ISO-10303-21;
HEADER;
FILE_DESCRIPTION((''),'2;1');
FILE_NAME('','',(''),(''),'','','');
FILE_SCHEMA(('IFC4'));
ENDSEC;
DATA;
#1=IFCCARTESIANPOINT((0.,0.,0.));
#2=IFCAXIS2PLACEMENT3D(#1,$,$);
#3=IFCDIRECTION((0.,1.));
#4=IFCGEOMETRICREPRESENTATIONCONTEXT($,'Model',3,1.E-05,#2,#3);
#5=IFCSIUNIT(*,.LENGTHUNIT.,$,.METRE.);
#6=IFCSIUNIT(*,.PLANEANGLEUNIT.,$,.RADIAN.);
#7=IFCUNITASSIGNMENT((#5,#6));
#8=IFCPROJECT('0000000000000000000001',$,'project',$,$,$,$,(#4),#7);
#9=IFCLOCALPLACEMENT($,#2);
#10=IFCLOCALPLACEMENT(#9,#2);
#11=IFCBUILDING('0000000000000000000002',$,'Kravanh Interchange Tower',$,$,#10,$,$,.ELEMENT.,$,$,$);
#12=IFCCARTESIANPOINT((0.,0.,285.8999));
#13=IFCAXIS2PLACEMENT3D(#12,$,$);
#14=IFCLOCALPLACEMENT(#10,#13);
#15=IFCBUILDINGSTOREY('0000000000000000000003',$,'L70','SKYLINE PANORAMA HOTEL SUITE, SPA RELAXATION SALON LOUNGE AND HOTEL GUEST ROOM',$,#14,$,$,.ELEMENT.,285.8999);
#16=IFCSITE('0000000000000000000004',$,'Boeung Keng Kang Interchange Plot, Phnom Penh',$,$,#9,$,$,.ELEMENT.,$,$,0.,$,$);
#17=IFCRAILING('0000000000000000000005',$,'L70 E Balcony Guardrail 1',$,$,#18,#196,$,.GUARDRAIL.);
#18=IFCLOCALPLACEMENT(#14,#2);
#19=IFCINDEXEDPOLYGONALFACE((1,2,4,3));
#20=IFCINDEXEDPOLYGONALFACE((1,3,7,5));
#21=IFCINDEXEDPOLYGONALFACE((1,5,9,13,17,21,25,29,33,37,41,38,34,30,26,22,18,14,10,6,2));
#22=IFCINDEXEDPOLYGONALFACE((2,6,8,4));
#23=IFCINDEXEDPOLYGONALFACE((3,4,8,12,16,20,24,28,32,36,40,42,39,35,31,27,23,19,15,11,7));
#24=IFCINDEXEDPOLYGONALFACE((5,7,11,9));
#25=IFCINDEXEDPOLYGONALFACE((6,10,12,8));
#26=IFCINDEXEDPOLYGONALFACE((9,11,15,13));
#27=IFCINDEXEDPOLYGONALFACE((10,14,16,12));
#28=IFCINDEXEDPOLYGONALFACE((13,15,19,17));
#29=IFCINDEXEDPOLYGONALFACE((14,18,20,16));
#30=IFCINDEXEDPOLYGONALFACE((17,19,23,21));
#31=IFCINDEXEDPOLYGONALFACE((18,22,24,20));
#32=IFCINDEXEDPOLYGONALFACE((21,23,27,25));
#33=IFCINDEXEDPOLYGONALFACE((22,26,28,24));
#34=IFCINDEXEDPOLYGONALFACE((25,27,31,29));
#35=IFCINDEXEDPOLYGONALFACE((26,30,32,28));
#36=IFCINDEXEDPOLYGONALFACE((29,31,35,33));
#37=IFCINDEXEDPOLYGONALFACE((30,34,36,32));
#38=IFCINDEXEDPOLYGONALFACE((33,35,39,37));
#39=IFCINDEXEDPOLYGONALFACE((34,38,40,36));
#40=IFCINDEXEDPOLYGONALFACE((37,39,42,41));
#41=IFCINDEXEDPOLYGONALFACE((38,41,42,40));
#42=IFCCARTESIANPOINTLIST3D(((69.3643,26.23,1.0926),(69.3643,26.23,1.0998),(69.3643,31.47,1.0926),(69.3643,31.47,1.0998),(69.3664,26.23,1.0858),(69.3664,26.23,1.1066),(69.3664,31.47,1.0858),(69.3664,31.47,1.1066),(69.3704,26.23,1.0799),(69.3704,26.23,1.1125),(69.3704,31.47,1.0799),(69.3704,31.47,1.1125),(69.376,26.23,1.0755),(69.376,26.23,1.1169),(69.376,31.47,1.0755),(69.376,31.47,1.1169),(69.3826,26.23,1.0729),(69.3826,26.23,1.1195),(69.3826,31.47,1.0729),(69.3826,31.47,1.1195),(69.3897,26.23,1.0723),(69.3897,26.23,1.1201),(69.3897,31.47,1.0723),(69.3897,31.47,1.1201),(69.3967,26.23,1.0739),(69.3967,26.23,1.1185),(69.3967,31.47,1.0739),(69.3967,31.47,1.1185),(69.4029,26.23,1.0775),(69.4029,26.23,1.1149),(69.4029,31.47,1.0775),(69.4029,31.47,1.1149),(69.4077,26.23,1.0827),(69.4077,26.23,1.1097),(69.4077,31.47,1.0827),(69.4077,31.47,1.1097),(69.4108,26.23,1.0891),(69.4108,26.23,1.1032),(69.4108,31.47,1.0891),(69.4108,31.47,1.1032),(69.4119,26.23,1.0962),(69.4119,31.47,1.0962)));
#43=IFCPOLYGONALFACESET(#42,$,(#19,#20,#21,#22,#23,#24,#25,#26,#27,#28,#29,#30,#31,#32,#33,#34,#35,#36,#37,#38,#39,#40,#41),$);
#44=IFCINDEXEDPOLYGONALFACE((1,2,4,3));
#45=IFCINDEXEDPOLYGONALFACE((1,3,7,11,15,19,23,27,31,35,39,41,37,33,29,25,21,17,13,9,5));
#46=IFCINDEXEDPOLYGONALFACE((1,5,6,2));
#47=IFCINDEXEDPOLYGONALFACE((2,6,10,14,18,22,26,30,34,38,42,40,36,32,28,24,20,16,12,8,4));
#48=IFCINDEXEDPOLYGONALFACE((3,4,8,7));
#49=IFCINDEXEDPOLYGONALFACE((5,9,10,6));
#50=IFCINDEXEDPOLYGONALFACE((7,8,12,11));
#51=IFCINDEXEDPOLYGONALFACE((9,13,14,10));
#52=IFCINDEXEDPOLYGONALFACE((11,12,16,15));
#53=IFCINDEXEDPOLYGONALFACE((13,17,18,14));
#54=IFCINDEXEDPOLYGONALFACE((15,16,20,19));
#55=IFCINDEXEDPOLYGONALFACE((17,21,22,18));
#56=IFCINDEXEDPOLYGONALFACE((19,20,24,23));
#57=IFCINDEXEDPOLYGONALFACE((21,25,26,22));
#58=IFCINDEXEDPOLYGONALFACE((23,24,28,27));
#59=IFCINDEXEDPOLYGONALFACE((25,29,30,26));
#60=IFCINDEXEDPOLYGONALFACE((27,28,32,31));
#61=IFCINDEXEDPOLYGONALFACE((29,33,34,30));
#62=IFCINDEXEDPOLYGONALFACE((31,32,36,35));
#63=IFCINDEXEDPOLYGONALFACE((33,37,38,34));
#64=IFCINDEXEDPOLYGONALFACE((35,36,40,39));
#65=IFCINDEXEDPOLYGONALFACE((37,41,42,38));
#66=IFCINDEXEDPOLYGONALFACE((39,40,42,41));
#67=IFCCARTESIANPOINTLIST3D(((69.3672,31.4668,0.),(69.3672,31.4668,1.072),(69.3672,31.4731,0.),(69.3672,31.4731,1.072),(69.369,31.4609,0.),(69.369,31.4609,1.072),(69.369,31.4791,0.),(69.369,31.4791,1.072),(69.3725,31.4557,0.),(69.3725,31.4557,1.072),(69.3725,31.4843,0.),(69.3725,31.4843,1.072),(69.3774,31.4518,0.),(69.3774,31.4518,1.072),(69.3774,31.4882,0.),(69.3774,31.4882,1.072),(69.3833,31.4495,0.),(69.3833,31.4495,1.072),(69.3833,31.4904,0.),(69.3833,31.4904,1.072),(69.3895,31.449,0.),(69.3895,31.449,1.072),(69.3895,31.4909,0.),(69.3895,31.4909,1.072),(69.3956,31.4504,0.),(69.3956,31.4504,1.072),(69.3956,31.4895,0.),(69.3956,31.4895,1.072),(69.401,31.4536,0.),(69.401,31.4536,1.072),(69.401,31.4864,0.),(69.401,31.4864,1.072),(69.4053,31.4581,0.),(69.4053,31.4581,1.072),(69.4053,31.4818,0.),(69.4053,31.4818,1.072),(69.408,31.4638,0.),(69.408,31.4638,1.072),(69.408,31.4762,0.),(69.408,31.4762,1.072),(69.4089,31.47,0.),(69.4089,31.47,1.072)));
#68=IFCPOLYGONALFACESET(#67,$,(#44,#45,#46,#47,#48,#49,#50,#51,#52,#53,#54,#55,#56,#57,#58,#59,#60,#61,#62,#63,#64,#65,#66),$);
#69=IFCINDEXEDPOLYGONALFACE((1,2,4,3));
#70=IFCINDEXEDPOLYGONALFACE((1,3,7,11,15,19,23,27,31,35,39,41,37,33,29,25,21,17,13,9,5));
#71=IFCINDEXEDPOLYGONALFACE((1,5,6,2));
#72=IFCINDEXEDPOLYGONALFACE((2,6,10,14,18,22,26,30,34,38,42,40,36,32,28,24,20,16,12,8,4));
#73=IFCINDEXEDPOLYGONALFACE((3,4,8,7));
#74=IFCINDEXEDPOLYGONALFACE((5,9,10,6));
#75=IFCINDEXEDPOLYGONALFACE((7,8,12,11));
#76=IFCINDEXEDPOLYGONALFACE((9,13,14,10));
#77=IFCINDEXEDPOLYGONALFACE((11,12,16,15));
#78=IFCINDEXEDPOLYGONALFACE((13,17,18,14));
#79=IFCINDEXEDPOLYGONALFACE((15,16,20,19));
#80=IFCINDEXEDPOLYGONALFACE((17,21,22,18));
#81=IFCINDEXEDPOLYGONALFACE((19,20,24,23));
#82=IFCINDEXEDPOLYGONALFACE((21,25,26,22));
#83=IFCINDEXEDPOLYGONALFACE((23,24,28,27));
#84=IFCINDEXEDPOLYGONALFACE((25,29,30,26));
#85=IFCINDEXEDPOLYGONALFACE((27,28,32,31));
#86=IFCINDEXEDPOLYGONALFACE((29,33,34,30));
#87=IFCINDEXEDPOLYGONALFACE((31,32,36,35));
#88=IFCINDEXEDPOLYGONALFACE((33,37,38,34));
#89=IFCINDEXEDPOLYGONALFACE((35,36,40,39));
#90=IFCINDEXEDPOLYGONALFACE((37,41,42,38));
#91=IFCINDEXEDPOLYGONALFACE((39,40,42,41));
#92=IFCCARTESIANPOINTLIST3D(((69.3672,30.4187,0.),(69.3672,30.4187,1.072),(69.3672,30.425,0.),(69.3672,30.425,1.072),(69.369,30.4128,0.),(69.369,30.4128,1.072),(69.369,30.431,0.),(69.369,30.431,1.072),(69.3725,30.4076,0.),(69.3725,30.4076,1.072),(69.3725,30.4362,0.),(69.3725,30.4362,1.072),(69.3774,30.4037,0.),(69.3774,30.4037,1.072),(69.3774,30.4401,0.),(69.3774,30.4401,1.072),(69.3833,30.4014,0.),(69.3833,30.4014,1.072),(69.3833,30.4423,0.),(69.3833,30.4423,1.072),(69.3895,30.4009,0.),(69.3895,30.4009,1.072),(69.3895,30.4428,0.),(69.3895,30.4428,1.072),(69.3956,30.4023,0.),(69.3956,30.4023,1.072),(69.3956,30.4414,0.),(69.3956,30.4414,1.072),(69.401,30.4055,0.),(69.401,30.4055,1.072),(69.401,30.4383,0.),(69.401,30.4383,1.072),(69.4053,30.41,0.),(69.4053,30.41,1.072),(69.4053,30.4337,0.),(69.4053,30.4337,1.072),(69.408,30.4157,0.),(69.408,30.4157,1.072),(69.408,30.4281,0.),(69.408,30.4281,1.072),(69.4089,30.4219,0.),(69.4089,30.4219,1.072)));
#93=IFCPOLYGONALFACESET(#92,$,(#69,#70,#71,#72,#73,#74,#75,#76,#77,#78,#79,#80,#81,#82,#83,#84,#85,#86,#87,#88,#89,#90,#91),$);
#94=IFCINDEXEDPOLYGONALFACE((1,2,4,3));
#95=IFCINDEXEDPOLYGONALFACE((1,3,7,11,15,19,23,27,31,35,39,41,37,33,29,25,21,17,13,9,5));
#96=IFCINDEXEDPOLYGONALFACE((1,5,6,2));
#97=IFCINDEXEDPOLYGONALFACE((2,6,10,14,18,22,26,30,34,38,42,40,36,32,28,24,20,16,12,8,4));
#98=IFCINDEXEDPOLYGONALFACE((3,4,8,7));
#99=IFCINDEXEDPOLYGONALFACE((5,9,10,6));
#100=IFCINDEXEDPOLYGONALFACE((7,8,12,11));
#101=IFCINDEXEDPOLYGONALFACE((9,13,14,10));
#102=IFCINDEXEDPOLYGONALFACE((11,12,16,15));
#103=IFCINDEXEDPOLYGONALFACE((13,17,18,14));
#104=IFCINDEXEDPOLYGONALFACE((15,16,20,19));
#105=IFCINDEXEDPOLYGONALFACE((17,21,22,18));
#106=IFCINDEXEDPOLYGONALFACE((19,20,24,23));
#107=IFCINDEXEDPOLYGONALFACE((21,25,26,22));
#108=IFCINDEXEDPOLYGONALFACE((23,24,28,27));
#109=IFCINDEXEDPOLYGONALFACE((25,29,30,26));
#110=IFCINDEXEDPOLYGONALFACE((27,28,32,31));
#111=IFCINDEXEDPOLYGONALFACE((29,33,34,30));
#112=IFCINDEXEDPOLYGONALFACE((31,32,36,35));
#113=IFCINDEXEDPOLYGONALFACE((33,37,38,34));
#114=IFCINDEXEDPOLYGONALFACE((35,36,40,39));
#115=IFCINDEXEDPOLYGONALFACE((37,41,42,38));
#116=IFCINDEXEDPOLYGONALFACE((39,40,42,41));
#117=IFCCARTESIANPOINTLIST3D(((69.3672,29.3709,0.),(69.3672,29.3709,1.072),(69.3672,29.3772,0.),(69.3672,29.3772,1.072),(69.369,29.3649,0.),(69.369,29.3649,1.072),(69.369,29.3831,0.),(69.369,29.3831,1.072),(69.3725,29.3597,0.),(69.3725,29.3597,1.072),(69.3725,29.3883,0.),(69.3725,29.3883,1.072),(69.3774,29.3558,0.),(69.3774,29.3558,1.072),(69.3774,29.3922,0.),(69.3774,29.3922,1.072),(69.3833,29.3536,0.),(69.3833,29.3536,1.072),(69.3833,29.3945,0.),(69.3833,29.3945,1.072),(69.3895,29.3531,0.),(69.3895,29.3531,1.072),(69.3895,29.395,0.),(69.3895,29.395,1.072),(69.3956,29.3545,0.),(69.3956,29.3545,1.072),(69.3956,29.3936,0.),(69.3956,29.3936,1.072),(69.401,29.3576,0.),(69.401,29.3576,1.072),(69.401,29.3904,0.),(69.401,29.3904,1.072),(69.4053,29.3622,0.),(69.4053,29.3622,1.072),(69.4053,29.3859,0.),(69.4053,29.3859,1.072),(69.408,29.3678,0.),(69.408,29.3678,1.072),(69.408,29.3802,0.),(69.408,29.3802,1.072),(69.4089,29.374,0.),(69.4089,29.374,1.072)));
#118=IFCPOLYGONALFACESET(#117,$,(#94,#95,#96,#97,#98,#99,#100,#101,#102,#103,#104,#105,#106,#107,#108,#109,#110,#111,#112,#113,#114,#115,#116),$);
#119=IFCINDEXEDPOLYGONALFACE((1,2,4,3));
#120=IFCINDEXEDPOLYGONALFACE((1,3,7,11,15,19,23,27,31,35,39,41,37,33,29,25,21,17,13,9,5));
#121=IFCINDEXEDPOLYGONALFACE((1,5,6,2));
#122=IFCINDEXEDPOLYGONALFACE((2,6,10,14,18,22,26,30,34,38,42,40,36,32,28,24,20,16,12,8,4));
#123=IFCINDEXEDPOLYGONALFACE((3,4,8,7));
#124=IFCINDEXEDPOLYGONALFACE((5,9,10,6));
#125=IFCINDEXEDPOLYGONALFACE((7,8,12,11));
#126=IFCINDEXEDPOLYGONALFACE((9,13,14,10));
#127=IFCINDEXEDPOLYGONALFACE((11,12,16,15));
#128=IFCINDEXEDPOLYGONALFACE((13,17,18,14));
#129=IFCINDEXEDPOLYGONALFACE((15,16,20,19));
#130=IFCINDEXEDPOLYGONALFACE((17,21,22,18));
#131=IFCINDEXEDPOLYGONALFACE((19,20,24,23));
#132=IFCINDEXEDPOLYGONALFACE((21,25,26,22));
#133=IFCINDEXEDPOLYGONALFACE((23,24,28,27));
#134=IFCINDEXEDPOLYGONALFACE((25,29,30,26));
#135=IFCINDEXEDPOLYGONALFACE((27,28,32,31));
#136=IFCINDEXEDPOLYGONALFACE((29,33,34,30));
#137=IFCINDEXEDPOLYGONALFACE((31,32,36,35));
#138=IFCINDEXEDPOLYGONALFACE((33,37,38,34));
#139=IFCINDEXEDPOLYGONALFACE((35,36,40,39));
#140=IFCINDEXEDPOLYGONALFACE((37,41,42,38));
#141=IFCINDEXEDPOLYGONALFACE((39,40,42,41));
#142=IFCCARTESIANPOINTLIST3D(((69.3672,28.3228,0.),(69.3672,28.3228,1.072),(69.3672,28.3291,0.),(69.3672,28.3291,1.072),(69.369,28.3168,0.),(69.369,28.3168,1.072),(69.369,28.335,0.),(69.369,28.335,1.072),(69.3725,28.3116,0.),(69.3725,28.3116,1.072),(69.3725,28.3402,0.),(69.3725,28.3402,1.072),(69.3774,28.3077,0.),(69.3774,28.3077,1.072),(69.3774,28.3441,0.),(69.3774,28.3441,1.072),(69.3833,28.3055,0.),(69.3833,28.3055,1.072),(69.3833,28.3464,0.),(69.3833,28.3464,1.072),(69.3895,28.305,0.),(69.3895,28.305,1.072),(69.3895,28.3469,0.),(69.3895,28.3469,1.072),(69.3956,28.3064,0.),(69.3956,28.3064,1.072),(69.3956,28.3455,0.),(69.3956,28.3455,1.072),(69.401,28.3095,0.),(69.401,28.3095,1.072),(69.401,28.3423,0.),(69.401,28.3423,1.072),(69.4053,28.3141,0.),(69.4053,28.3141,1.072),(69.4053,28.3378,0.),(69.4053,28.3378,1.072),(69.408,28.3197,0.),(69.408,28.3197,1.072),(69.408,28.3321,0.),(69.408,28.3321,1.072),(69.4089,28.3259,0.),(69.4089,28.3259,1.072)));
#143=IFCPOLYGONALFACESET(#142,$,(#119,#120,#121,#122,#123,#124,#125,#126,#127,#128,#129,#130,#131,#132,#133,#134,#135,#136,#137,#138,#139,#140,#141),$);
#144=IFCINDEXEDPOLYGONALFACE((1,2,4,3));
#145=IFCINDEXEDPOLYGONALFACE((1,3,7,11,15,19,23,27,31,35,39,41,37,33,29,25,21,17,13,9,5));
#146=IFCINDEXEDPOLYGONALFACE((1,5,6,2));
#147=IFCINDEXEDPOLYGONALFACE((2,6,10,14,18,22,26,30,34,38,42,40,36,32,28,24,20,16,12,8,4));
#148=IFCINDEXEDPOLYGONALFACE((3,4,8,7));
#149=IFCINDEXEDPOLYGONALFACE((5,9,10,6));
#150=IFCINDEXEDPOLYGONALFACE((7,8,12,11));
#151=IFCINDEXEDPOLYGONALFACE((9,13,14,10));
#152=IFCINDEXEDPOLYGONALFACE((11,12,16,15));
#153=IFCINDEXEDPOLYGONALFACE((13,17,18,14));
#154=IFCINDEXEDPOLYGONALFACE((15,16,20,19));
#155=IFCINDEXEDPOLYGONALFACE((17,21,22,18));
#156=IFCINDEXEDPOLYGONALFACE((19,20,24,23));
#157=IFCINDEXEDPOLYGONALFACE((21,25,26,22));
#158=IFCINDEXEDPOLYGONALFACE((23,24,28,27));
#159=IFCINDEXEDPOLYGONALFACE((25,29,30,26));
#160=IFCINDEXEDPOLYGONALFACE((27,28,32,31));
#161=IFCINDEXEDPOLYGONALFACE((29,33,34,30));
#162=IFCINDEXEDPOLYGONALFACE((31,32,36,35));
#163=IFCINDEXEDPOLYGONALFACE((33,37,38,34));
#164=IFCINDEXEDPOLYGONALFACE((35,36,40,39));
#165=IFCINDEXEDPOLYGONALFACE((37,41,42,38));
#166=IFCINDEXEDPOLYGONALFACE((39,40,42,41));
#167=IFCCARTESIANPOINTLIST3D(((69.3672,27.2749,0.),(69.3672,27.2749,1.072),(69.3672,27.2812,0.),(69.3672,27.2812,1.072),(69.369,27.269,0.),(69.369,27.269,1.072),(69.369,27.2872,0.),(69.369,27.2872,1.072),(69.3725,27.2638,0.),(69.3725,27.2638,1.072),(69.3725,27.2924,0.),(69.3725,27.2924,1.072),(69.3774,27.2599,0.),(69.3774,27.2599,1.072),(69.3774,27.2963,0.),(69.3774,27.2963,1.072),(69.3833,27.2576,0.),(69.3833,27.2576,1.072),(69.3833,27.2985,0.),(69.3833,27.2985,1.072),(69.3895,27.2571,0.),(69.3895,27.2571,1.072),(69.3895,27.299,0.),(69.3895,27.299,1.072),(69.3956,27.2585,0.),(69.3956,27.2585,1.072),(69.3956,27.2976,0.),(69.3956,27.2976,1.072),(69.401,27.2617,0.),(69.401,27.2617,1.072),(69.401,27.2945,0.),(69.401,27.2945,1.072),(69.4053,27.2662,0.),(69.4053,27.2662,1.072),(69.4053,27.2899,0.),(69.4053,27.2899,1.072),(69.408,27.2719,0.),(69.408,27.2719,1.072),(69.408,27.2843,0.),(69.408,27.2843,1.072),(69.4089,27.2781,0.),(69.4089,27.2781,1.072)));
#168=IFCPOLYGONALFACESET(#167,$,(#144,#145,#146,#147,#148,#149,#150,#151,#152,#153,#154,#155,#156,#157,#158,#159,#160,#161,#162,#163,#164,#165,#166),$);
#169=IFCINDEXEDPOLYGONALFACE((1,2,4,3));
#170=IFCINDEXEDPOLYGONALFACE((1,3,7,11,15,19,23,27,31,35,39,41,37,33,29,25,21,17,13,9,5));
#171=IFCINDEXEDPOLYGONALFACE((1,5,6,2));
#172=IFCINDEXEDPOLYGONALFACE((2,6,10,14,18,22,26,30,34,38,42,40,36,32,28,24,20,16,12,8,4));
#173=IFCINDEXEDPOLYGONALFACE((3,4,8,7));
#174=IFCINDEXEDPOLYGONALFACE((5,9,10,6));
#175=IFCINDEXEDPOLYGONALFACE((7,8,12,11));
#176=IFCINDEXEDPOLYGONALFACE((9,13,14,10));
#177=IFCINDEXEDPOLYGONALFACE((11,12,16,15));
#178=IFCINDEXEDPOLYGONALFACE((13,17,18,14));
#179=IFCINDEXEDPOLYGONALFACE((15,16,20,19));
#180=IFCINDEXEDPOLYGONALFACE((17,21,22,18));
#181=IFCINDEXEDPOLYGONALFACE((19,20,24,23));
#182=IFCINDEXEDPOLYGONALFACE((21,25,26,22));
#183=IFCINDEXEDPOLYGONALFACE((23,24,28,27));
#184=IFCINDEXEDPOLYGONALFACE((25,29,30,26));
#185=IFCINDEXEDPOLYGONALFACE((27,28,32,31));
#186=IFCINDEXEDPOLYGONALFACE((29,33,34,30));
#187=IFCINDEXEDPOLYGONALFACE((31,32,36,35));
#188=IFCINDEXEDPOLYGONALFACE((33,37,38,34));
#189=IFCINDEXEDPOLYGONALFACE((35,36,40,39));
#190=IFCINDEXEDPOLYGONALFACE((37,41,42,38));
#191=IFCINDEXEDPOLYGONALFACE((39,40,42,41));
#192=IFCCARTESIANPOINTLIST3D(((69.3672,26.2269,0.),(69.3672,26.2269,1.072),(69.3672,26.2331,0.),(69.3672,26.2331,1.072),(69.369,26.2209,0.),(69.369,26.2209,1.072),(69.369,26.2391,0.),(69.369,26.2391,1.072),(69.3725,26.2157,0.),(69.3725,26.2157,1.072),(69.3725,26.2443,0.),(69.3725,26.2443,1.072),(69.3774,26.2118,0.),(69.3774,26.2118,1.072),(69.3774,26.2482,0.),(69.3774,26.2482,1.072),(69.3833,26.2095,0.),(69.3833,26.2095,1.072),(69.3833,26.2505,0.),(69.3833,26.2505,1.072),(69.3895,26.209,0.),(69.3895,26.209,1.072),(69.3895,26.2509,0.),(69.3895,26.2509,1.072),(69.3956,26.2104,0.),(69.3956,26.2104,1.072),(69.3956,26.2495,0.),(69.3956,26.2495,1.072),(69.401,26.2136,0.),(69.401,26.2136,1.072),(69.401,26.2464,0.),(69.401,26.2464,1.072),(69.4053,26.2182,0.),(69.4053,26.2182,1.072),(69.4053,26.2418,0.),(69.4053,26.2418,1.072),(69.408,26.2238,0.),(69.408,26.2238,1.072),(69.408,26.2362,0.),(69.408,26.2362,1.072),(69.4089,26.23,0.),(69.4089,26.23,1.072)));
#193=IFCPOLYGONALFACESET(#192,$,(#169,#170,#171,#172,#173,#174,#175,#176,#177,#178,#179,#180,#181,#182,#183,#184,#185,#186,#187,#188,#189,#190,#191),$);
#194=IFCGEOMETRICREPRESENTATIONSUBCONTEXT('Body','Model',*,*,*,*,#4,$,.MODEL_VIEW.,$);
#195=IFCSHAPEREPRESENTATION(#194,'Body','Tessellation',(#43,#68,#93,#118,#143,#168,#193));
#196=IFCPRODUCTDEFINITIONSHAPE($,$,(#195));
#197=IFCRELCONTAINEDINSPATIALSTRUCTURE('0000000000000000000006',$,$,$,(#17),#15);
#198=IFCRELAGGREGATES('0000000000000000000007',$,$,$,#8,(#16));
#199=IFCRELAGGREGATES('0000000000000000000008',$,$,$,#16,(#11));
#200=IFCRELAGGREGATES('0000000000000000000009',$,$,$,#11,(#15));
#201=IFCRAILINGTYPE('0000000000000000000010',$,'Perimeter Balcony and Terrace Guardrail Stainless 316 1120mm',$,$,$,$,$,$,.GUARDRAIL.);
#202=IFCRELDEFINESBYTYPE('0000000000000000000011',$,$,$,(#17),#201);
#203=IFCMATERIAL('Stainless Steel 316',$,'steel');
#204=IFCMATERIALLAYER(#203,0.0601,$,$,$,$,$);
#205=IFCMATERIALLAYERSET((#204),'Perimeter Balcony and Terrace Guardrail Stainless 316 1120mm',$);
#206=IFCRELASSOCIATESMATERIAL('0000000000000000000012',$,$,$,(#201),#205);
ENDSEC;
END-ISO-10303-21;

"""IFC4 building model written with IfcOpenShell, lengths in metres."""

from ifc_helpers import new_model, si_unit, direction, frame, origin, origin_2d, place, context, subcontext, project, spatial, circle, extrude, material, layer, layer_set, type_object, element, save


model = new_model("IFC4")

# Units and contexts
model_context = context("Model", 3, precision=1e-05, world=origin(), true_north=direction((0.0, 1.0)))
body_context = subcontext(model_context, "Body", "Model", "MODEL_VIEW")
ifc_project = project(units=[si_unit("LENGTHUNIT", "METRE"), si_unit("PLANEANGLEUNIT", "RADIAN")], contexts=[model_context])

# Site, building, storey
site_placement = place(None, origin())
site = spatial("IfcSite", under=ifc_project, at=site_placement, Name="Boeung Keng Kang Interchange Plot, Phnom Penh", CompositionType="ELEMENT", RefElevation=0.0)
building_placement = place(site_placement, origin())
building = spatial("IfcBuilding", under=site, at=building_placement, Name="Kravanh Interchange Tower", CompositionType="ELEMENT")
storey_placement = place(building_placement, frame((0.0, 0.0, 285.8999)))
storey = spatial("IfcBuildingStorey", under=building, at=storey_placement, Name="L70", Description="SKYLINE PANORAMA HOTEL SUITE, SPA RELAXATION SALON LOUNGE AND HOTEL GUEST ROOM", CompositionType="ELEMENT", Elevation=285.8999)

# Railing
ifc_material_1 = material(Name="Stainless Steel 316", Category="steel")
ifc_layer_1 = layer(ifc_material_1, 0.0601)
ifc_layer_set_1 = layer_set([ifc_layer_1], Name="Perimeter Balcony and Terrace Guardrail Stainless 316 1120mm")
railing_type = type_object("IfcRailingType", Name="Perimeter Balcony and Terrace Guardrail Stainless 316 1120mm", PredefinedType="GUARDRAIL", material=ifc_layer_set_1)
railing_1_placement = place(storey_placement, frame((69.3879, 31.47, 0.0)))
element("IfcRailing", 1, at=railing_1_placement, inside=storey, type_object=railing_type, Name="L70 E Balcony Guardrail 1", PredefinedType="GUARDRAIL", context=body_context, shape_type="SweptSolid", body=[
    extrude(circle(Radius=0.0239, at=origin_2d()), frame((0.0, 0.0, 1.0962), z_axis=(0.0, -1.0, 0.0), x_axis=(1.0, 0.0, 0.0)), (0.0, 0.0, 1.0), 5.24),
    extrude(circle(Radius=0.021, at=origin_2d()), origin(), (0.0, 0.0, 1.0), 1.072),
    extrude(circle(Radius=0.021, at=origin_2d()), frame((0.0, -1.0481, 0.0)), (0.0, 0.0, 1.0), 1.072),
    extrude(circle(Radius=0.021, at=origin_2d()), frame((0.0, -2.0959, 0.0)), (0.0, 0.0, 1.0), 1.072),
    extrude(circle(Radius=0.021, at=origin_2d()), frame((0.0, -3.144, 0.0)), (0.0, 0.0, 1.0), 1.072),
    extrude(circle(Radius=0.021, at=origin_2d()), frame((0.0, -4.1919, 0.0)), (0.0, 0.0, 1.0), 1.072),
    extrude(circle(Radius=0.021, at=origin_2d()), frame((0.0, -5.24, 0.0)), (0.0, 0.0, 1.0), 1.072),
])

save(model, "model.ifc")
